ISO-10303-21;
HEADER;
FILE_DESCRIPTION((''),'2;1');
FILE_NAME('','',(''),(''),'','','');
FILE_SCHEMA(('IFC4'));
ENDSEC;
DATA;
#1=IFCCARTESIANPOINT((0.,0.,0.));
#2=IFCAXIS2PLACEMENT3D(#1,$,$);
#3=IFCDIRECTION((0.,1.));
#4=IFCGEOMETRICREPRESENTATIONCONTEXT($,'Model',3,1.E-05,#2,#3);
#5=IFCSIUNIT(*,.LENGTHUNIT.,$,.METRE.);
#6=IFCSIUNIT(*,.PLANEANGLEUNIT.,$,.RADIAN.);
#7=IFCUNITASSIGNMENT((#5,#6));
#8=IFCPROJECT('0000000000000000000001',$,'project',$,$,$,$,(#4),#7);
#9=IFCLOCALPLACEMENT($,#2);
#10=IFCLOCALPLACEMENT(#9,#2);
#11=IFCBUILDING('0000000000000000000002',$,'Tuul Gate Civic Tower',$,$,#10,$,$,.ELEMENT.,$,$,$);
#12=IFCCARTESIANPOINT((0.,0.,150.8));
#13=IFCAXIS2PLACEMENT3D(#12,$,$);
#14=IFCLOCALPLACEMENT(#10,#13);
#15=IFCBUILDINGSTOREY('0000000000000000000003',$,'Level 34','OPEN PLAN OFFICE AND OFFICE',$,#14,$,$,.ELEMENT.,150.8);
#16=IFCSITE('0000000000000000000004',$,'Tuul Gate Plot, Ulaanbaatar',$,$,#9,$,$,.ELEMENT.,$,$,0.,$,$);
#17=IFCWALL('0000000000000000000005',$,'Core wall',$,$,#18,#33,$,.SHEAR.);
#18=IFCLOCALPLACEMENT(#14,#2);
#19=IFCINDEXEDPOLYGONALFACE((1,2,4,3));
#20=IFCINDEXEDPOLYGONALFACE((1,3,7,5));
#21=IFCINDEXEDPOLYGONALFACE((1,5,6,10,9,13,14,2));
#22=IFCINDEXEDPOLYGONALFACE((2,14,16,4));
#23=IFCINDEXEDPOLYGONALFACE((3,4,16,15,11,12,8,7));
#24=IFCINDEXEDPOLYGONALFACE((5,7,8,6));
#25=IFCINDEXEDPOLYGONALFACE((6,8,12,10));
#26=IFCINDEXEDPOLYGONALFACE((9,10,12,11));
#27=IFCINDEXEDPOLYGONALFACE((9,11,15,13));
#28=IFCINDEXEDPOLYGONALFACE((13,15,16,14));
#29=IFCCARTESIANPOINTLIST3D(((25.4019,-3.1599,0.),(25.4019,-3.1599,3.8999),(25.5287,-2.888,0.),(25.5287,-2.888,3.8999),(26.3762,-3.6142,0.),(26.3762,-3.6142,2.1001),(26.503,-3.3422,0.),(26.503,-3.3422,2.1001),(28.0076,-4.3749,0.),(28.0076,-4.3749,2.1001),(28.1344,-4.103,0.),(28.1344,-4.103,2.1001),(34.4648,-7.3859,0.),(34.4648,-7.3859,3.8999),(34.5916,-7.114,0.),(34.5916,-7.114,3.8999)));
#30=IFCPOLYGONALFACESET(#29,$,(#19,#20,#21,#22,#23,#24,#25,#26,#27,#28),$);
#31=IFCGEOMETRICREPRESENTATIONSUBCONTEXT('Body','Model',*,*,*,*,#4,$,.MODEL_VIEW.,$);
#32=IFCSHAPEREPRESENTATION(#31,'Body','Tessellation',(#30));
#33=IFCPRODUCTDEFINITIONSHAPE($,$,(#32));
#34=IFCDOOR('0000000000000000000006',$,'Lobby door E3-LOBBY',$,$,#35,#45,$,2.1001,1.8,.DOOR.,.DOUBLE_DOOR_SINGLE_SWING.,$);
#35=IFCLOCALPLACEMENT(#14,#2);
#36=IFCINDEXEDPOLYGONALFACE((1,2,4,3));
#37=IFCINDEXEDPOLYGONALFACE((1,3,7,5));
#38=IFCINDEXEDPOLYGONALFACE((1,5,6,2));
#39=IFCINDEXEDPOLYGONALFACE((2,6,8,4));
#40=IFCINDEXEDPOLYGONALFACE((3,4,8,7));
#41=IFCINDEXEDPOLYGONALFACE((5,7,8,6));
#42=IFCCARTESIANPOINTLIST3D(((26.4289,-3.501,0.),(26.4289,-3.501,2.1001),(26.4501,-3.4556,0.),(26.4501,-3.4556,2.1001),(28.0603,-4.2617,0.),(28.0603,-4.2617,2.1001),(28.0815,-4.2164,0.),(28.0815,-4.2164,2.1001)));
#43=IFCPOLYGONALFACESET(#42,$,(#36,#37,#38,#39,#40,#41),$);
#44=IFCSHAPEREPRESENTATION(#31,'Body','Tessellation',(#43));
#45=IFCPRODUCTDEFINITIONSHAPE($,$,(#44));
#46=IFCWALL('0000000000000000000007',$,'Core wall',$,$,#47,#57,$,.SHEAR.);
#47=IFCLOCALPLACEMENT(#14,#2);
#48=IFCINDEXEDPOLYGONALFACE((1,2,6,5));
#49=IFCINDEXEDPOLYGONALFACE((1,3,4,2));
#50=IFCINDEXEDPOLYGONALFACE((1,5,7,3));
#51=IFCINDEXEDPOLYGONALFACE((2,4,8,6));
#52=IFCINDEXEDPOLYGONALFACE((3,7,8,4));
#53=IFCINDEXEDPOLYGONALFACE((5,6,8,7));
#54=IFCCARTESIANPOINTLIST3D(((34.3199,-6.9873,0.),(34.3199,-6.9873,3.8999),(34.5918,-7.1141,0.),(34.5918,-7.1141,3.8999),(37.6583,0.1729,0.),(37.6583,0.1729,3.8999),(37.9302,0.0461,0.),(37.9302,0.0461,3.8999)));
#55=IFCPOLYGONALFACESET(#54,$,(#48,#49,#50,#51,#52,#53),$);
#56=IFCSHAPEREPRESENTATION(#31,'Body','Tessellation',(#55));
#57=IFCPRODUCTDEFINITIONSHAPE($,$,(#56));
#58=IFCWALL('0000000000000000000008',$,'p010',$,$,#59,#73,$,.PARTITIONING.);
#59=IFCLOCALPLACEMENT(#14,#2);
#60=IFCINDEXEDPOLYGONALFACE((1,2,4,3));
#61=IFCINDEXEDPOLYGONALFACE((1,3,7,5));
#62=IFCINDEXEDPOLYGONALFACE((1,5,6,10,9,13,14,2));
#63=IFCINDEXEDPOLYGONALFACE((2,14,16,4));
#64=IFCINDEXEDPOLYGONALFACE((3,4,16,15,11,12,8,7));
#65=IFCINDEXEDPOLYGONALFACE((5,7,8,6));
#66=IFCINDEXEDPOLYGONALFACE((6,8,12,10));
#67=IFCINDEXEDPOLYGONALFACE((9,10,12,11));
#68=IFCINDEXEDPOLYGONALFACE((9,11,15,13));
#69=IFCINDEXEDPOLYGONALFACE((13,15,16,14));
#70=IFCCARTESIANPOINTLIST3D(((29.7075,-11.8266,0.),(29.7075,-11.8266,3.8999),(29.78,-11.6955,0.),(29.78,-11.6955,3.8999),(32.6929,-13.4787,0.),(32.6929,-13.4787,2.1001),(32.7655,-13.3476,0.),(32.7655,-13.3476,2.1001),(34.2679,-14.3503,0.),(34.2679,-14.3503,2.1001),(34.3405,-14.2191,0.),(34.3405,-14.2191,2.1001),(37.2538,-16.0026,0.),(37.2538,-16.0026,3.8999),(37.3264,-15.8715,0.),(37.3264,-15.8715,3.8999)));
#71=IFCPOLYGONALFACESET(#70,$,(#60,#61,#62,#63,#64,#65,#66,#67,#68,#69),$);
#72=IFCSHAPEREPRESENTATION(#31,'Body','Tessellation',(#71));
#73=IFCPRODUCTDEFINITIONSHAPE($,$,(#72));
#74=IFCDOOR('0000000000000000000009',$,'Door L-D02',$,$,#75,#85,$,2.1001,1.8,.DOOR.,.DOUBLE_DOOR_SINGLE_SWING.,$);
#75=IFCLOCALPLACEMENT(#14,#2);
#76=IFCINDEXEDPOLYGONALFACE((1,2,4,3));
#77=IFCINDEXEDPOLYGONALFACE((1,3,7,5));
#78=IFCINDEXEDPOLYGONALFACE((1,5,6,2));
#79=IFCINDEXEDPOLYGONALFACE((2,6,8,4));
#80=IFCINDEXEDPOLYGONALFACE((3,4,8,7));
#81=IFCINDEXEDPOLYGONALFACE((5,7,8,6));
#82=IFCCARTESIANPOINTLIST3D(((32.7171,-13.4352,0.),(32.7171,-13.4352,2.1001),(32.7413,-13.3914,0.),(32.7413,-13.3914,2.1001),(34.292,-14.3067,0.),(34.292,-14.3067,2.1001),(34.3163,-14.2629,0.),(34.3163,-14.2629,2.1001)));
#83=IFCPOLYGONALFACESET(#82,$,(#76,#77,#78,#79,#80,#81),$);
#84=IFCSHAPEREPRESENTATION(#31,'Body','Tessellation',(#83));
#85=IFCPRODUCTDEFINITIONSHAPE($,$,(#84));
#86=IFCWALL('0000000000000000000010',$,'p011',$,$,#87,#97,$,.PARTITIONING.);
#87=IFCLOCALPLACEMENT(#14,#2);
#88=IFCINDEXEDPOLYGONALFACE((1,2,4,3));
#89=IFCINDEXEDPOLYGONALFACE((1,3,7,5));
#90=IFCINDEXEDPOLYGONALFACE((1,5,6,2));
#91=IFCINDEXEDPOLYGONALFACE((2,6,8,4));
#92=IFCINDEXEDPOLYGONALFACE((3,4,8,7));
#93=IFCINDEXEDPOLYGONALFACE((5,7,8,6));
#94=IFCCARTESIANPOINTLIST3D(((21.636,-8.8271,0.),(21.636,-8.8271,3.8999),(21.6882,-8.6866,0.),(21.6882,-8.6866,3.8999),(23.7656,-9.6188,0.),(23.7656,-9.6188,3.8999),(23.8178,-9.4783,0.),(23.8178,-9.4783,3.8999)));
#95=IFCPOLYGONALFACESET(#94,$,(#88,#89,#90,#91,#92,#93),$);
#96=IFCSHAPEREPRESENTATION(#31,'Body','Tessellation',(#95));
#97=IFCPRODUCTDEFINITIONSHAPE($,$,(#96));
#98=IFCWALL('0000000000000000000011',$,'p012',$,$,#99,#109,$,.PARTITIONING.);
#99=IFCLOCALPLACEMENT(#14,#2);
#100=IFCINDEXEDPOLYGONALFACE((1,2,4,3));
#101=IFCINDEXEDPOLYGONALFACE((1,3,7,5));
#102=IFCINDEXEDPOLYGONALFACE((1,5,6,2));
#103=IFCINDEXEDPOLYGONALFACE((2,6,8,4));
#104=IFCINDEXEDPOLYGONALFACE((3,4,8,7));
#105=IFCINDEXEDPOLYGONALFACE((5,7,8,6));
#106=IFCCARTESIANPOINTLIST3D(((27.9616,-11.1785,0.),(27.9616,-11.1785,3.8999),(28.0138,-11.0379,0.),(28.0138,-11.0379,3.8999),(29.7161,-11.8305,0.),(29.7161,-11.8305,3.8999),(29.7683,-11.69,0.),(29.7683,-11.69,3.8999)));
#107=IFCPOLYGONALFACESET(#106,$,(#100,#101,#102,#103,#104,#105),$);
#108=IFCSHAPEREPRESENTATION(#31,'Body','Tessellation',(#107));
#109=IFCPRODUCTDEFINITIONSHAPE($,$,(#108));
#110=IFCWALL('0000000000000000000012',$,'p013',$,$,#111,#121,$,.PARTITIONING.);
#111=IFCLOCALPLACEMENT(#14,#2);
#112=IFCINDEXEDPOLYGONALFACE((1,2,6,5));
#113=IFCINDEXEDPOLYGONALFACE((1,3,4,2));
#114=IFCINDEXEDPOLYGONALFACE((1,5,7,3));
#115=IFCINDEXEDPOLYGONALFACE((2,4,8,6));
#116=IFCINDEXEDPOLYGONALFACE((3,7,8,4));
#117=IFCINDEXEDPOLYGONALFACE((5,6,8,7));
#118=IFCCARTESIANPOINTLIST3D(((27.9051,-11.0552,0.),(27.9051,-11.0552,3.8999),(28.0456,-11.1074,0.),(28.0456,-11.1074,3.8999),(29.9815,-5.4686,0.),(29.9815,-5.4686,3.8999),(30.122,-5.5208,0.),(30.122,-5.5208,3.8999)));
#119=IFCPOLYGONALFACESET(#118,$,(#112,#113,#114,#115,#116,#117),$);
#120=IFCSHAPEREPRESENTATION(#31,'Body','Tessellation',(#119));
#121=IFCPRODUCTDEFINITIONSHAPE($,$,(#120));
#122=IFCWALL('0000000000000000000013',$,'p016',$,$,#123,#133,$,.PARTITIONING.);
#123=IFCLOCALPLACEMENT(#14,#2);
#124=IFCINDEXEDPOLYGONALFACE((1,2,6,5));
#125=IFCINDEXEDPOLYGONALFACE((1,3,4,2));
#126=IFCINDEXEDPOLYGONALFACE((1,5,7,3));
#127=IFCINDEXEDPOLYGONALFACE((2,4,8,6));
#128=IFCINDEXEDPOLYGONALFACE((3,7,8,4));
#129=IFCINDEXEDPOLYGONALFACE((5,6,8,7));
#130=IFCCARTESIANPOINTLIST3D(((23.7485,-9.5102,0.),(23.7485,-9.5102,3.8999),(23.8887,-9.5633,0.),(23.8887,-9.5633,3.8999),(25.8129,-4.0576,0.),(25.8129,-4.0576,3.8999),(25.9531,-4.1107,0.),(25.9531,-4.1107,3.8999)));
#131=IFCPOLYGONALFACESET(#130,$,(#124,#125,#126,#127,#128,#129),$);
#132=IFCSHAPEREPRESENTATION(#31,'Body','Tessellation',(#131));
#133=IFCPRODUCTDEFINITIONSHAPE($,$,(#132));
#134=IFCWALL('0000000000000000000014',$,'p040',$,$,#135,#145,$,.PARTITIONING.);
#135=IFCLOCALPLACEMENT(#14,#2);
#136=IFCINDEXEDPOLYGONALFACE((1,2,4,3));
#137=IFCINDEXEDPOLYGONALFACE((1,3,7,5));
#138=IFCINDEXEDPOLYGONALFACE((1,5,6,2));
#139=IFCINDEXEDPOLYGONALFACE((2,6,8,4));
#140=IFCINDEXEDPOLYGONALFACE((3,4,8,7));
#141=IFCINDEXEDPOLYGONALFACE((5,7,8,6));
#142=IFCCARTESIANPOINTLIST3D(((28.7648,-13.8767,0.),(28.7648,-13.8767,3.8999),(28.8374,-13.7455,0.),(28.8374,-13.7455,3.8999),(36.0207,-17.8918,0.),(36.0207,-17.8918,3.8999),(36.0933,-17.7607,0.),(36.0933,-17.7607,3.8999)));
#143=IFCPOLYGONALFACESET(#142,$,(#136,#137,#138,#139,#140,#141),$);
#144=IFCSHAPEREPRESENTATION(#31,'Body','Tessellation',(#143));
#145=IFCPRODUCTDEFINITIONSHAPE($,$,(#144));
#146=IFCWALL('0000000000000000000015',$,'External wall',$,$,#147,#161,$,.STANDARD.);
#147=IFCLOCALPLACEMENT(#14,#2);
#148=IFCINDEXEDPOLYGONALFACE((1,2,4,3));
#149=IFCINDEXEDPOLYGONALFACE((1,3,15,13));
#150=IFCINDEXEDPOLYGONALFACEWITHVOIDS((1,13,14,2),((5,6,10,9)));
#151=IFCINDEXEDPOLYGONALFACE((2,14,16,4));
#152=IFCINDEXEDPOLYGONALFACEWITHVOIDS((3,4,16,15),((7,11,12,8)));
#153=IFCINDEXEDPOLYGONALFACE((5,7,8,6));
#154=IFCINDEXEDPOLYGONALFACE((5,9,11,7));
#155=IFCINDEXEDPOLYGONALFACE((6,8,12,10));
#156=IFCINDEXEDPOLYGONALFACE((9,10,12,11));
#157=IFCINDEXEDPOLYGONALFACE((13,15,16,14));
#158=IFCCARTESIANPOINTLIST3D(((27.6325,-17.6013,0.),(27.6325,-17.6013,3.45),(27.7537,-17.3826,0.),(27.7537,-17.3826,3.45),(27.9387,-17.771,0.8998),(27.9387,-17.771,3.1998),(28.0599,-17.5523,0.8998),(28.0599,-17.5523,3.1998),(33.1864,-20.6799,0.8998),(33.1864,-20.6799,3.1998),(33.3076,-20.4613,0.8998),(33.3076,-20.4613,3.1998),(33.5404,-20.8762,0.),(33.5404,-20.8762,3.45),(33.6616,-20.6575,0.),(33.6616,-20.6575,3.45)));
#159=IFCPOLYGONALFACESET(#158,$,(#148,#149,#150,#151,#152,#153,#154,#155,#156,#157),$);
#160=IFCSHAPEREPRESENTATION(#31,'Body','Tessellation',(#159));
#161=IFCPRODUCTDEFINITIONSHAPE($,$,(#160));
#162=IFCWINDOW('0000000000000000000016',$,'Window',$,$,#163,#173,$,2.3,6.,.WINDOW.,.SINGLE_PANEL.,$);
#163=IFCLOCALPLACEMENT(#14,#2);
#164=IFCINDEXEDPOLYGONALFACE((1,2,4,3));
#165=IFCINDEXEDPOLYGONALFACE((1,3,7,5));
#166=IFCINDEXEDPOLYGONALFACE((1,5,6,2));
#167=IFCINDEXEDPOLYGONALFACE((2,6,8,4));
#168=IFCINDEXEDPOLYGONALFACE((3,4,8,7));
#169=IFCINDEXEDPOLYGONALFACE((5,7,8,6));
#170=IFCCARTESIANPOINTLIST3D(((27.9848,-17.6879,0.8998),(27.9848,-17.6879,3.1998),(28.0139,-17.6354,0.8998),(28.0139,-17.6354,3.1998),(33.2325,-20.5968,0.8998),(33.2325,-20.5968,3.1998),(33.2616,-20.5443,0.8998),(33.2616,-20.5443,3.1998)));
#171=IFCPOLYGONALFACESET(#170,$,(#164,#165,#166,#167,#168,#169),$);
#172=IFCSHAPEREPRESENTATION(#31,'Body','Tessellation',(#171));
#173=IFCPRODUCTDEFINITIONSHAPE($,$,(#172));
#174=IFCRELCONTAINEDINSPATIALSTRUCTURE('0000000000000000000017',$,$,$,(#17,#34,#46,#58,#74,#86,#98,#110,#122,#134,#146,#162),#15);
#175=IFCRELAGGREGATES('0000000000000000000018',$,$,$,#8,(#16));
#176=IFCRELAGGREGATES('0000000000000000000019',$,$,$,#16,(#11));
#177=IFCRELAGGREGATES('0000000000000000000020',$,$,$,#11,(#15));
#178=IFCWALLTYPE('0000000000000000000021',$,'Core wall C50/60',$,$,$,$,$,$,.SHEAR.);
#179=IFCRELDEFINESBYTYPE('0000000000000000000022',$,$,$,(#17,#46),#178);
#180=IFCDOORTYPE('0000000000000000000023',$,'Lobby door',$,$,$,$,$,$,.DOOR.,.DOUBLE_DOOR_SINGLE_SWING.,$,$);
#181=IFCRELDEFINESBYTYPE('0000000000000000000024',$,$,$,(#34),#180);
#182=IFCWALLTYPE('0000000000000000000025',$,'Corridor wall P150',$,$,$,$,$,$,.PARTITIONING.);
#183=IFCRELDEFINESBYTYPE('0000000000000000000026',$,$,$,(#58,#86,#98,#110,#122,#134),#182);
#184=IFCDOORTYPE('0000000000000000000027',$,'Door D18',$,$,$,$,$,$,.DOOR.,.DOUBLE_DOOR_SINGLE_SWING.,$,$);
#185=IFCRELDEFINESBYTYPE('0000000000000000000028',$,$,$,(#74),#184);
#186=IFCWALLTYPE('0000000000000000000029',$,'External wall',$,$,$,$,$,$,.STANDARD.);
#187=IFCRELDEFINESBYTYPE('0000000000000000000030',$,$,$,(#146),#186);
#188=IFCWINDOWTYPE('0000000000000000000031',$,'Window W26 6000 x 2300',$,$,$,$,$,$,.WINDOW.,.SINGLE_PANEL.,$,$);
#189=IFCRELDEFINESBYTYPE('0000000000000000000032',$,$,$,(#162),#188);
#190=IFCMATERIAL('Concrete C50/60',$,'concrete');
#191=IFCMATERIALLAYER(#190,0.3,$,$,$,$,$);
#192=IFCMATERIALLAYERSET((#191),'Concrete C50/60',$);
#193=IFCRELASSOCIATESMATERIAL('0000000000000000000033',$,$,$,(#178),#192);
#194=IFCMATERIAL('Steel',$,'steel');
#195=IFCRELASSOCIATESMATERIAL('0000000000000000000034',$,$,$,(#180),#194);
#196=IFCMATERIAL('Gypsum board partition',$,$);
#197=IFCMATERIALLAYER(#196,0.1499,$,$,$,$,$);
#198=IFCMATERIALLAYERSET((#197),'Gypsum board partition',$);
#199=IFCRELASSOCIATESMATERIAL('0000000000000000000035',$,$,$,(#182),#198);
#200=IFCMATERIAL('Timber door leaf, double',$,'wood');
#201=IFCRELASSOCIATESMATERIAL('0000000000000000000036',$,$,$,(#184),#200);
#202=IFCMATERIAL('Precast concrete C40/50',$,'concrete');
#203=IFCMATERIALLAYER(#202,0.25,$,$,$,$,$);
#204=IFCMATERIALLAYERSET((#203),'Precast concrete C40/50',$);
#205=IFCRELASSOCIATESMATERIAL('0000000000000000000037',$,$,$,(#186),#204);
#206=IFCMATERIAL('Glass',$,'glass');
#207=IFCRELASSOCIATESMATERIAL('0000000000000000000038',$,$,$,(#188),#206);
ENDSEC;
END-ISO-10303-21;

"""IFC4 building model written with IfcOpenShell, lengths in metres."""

from ifc_helpers import new_model, si_unit, direction, frame, frame_2d, origin, place, context, subcontext, project, spatial, rectangle, extrude, material, layer, layer_set, type_object, element, fill, save


model = new_model("IFC4")

# Units and contexts
model_context = context("Model", 3, precision=1e-05, world=origin(), true_north=direction((0.0, 1.0)))
body_context = subcontext(model_context, "Body", "Model", "MODEL_VIEW")
ifc_project = project(units=[si_unit("LENGTHUNIT", "METRE"), si_unit("PLANEANGLEUNIT", "RADIAN")], contexts=[model_context])

# Site, building, storey
site_placement = place(None, origin())
site = spatial("IfcSite", under=ifc_project, at=site_placement, Name="Tuul Gate Plot, Ulaanbaatar", CompositionType="ELEMENT", RefElevation=0.0)
building_placement = place(site_placement, origin())
building = spatial("IfcBuilding", under=site, at=building_placement, Name="Tuul Gate Civic Tower", CompositionType="ELEMENT")
storey_placement = place(building_placement, frame((0.0, 0.0, 150.8)))
storey = spatial("IfcBuildingStorey", under=building, at=storey_placement, Name="Level 34", Description="OPEN PLAN OFFICE AND OFFICE", CompositionType="ELEMENT", Elevation=150.8)

# Wall, opening, door
ifc_material_1 = material(Name="Concrete C50/60", Category="concrete")
ifc_layer_1 = layer(ifc_material_1, 0.3)
ifc_layer_set_1 = layer_set([ifc_layer_1], Name="Concrete C50/60")
wall_type_1 = type_object("IfcWallType", Name="Core wall C50/60", PredefinedType="SHEAR", material=ifc_layer_set_1)
wall_1_placement = place(storey_placement, frame((34.5283, -7.25, 0.0), z_axis=(0.0, 0.0, 1.0), x_axis=(-0.90631, 0.422613, 0.0)))
wall_1 = element("IfcWall", 1, at=wall_1_placement, inside=storey, type_object=wall_type_1, Name="Core wall", PredefinedType="SHEAR", context=body_context, shape_type="SweptSolid", body=[
    extrude(rectangle(XDim=9.9998, YDim=0.3, at=frame_2d((5.0, 0.0))), origin(), (0.0, 0.0, 1.0), 3.8999),
])
opening_1_placement = place(wall_1_placement, frame((7.125, 0.0, 0.0)))
opening_1 = element("IfcOpeningElement", 2, at=opening_1_placement, cuts=wall_1, PredefinedType="OPENING", context=body_context, shape_type="SweptSolid", body=[
    extrude(rectangle(XDim=1.8, YDim=2.1001, at=frame_2d((0.8999, 1.05))), frame((0.0, 0.1602, 0.0), z_axis=(0.0, -1.0, 0.0), x_axis=(1.0, 0.0, 0.0)), (0.0, 0.0, 1.0), 0.3201),
])
ifc_material_2 = material(Name="Steel", Category="steel")
door_type_1 = type_object("IfcDoorType", Name="Lobby door", OperationType="DOUBLE_DOOR_SINGLE_SWING", PredefinedType="DOOR", material=ifc_material_2)
door_1_placement = place(opening_1_placement, frame((1.8, 0.0, 0.0), z_axis=(0.0, 0.0, 1.0), x_axis=(-1.0, 0.0, 0.0)))
door_1 = element("IfcDoor", 3, at=door_1_placement, inside=storey, type_object=door_type_1, Name="Lobby door E3-LOBBY", OperationType="DOUBLE_DOOR_SINGLE_SWING", OverallHeight=2.1001, OverallWidth=1.8, PredefinedType="DOOR", context=body_context, shape_type="SweptSolid", body=[
    extrude(rectangle(XDim=1.8, YDim=2.1001, at=frame_2d((0.9001, 1.05))), frame((0.0, 0.0249, 0.0), z_axis=(0.0, -1.0, 0.0), x_axis=(1.0, 0.0, 0.0)), (0.0, 0.0, 1.0), 0.05),
])
fill(opening_1, door_1)

# Wall
wall_2_placement = place(storey_placement, frame((34.4558, -7.0508, 0.0), z_axis=(0.0, 0.0, 1.0), x_axis=(0.422571, 0.90633, 0.0)))
element("IfcWall", 4, at=wall_2_placement, inside=storey, type_object=wall_type_1, Name="Core wall", PredefinedType="SHEAR", context=body_context, shape_type="SweptSolid", body=[
    extrude(rectangle(XDim=7.9001, YDim=0.3, at=frame_2d((3.9502, 0.0))), origin(), (0.0, 0.0, 1.0), 3.8999),
])

# Wall, opening, door
ifc_material_3 = material(Name="Gypsum board partition")
ifc_layer_2 = layer(ifc_material_3, 0.1499)
ifc_layer_set_2 = layer_set([ifc_layer_2], Name="Gypsum board partition")
wall_type_2 = type_object("IfcWallType", Name="Corridor wall P150", PredefinedType="PARTITIONING", material=ifc_layer_set_2)
wall_3_placement = place(storey_placement, frame((29.7437, -11.761, 0.0), z_axis=(0.0, 0.0, 1.0), x_axis=(0.874964, -0.484188, 0.0)))
wall_3 = element("IfcWall", 5, at=wall_3_placement, inside=storey, type_object=wall_type_2, Name="p010", PredefinedType="PARTITIONING", context=body_context, shape_type="SweptSolid", body=[
    extrude(rectangle(XDim=8.6248, YDim=0.1499, at=frame_2d((4.3125, 0.0))), origin(), (0.0, 0.0, 1.0), 3.8999),
])
opening_2_placement = place(wall_3_placement, frame((3.4124, 0.0, 0.0)))
opening_2 = element("IfcOpeningElement", 6, at=opening_2_placement, cuts=wall_3, PredefinedType="OPENING", context=body_context, shape_type="SweptSolid", body=[
    extrude(rectangle(XDim=1.8, YDim=2.1001, at=frame_2d((0.8999, 1.05))), frame((0.0, 0.085, 0.0), z_axis=(0.0, -1.0, 0.0), x_axis=(1.0, 0.0, 0.0)), (0.0, 0.0, 1.0), 0.1699),
])
ifc_material_4 = material(Name="Timber door leaf, double", Category="wood")
door_type_2 = type_object("IfcDoorType", Name="Door D18", OperationType="DOUBLE_DOOR_SINGLE_SWING", PredefinedType="DOOR", material=ifc_material_4)
door_2_placement = place(opening_2_placement, origin())
door_2 = element("IfcDoor", 7, at=door_2_placement, inside=storey, type_object=door_type_2, Name="Door L-D02", OperationType="DOUBLE_DOOR_SINGLE_SWING", OverallHeight=2.1001, OverallWidth=1.8, PredefinedType="DOOR", context=body_context, shape_type="SweptSolid", body=[
    extrude(rectangle(XDim=1.8, YDim=2.1001, at=frame_2d((0.8999, 1.05))), frame((0.0, 0.0249, 0.0), z_axis=(0.0, -1.0, 0.0), x_axis=(1.0, 0.0, 0.0)), (0.0, 0.0, 1.0), 0.05),
])
fill(opening_2, door_2)

# Walls
wall_4_placement = place(storey_placement, frame((21.6621, -8.7568, 0.0), z_axis=(0.0, 0.0, 1.0), x_axis=(0.937319, -0.348472, 0.0)))
element("IfcWall", 8, at=wall_4_placement, inside=storey, type_object=wall_type_2, Name="p011", PredefinedType="PARTITIONING", context=body_context, shape_type="SweptSolid", body=[
    extrude(rectangle(XDim=2.272, YDim=0.1499, at=frame_2d((1.136, 0.0))), origin(), (0.0, 0.0, 1.0), 3.8999),
])
wall_5_placement = place(storey_placement, frame((27.9875, -11.1082, 0.0), z_axis=(0.0, 0.0, 1.0), x_axis=(0.93736, -0.348363, 0.0)))
element("IfcWall", 9, at=wall_5_placement, inside=storey, type_object=wall_type_2, Name="p012", PredefinedType="PARTITIONING", context=body_context, shape_type="SweptSolid", body=[
    extrude(rectangle(XDim=1.8718, YDim=0.1499, at=frame_2d((0.936, 0.0))), origin(), (0.0, 0.0, 1.0), 3.8999),
])
wall_6_placement = place(storey_placement, frame((27.9753, -11.0813, 0.0), z_axis=(0.0, 0.0, 1.0), x_axis=(0.348388, 0.93735, 0.0)))
element("IfcWall", 10, at=wall_6_placement, inside=storey, type_object=wall_type_2, Name="p013", PredefinedType="PARTITIONING", context=body_context, shape_type="SweptSolid", body=[
    extrude(rectangle(XDim=5.96, YDim=0.1499, at=frame_2d((2.98, 0.0))), origin(), (0.0, 0.0, 1.0), 3.8999),
])
wall_7_placement = place(storey_placement, frame((23.8186, -9.5366, 0.0), z_axis=(0.0, 0.0, 1.0), x_axis=(0.354086, 0.935213, 0.0)))
element("IfcWall", 11, at=wall_7_placement, inside=storey, type_object=wall_type_2, Name="p016", PredefinedType="PARTITIONING", context=body_context, shape_type="SweptSolid", body=[
    extrude(rectangle(XDim=5.8303, YDim=0.1499, at=frame_2d((2.915, 0.0))), origin(), (0.0, 0.0, 1.0), 3.8999),
])
wall_8_placement = place(storey_placement, frame((28.801, -13.811, 0.0), z_axis=(0.0, 0.0, 1.0), x_axis=(0.87497, -0.484177, 0.0)))
element("IfcWall", 12, at=wall_8_placement, inside=storey, type_object=wall_type_2, Name="p040", PredefinedType="PARTITIONING", context=body_context, shape_type="SweptSolid", body=[
    extrude(rectangle(XDim=8.2927, YDim=0.1499, at=frame_2d((4.1465, 0.0))), origin(), (0.0, 0.0, 1.0), 3.8999),
])

# Wall, opening, window
ifc_material_5 = material(Name="Precast concrete C40/50", Category="concrete")
ifc_layer_3 = layer(ifc_material_5, 0.25)
ifc_layer_set_3 = layer_set([ifc_layer_3], Name="Precast concrete C40/50")
wall_type_3 = type_object("IfcWallType", Name="External wall", PredefinedType="STANDARD", material=ifc_layer_set_3)
wall_9_placement = place(storey_placement, frame((27.6931, -17.4919, 0.0), z_axis=(0.0, 0.0, 1.0), x_axis=(0.874615, -0.484817, 0.0)))
wall_9 = element("IfcWall", 13, at=wall_9_placement, inside=storey, type_object=wall_type_3, Name="External wall", PredefinedType="STANDARD", context=body_context, shape_type="SweptSolid", body=[
    extrude(rectangle(XDim=6.7549, YDim=0.25, at=frame_2d((3.3774, 0.0))), origin(), (0.0, 0.0, 1.0), 3.45),
])
opening_3_placement = place(wall_9_placement, frame((0.3501, 0.0, 0.8999)))
opening_3 = element("IfcOpeningElement", 14, at=opening_3_placement, cuts=wall_9, PredefinedType="OPENING", context=body_context, shape_type="SweptSolid", body=[
    extrude(rectangle(XDim=6.0, YDim=2.3, at=frame_2d((3.0, 1.1499))), frame((0.0, 0.135, 0.0), z_axis=(0.0, -1.0, 0.0), x_axis=(1.0, 0.0, 0.0)), (0.0, 0.0, 1.0), 0.27),
])
ifc_material_6 = material(Name="Glass", Category="glass")
window_type = type_object("IfcWindowType", Name="Window W26 6000 x 2300", PartitioningType="SINGLE_PANEL", PredefinedType="WINDOW", material=ifc_material_6)
window_1_placement = place(opening_3_placement, origin())
window_1 = element("IfcWindow", 15, at=window_1_placement, inside=storey, type_object=window_type, Name="Window", OverallHeight=2.3, OverallWidth=6.0, PartitioningType="SINGLE_PANEL", PredefinedType="WINDOW", context=body_context, shape_type="SweptSolid", body=[
    extrude(rectangle(XDim=6.0, YDim=2.3, at=frame_2d((3.0, 1.1499))), frame((0.0, 0.03, 0.0), z_axis=(0.0, -1.0, 0.0), x_axis=(1.0, 0.0, 0.0)), (0.0, 0.0, 1.0), 0.0601),
])
fill(opening_3, window_1)

save(model, "model.ifc")
